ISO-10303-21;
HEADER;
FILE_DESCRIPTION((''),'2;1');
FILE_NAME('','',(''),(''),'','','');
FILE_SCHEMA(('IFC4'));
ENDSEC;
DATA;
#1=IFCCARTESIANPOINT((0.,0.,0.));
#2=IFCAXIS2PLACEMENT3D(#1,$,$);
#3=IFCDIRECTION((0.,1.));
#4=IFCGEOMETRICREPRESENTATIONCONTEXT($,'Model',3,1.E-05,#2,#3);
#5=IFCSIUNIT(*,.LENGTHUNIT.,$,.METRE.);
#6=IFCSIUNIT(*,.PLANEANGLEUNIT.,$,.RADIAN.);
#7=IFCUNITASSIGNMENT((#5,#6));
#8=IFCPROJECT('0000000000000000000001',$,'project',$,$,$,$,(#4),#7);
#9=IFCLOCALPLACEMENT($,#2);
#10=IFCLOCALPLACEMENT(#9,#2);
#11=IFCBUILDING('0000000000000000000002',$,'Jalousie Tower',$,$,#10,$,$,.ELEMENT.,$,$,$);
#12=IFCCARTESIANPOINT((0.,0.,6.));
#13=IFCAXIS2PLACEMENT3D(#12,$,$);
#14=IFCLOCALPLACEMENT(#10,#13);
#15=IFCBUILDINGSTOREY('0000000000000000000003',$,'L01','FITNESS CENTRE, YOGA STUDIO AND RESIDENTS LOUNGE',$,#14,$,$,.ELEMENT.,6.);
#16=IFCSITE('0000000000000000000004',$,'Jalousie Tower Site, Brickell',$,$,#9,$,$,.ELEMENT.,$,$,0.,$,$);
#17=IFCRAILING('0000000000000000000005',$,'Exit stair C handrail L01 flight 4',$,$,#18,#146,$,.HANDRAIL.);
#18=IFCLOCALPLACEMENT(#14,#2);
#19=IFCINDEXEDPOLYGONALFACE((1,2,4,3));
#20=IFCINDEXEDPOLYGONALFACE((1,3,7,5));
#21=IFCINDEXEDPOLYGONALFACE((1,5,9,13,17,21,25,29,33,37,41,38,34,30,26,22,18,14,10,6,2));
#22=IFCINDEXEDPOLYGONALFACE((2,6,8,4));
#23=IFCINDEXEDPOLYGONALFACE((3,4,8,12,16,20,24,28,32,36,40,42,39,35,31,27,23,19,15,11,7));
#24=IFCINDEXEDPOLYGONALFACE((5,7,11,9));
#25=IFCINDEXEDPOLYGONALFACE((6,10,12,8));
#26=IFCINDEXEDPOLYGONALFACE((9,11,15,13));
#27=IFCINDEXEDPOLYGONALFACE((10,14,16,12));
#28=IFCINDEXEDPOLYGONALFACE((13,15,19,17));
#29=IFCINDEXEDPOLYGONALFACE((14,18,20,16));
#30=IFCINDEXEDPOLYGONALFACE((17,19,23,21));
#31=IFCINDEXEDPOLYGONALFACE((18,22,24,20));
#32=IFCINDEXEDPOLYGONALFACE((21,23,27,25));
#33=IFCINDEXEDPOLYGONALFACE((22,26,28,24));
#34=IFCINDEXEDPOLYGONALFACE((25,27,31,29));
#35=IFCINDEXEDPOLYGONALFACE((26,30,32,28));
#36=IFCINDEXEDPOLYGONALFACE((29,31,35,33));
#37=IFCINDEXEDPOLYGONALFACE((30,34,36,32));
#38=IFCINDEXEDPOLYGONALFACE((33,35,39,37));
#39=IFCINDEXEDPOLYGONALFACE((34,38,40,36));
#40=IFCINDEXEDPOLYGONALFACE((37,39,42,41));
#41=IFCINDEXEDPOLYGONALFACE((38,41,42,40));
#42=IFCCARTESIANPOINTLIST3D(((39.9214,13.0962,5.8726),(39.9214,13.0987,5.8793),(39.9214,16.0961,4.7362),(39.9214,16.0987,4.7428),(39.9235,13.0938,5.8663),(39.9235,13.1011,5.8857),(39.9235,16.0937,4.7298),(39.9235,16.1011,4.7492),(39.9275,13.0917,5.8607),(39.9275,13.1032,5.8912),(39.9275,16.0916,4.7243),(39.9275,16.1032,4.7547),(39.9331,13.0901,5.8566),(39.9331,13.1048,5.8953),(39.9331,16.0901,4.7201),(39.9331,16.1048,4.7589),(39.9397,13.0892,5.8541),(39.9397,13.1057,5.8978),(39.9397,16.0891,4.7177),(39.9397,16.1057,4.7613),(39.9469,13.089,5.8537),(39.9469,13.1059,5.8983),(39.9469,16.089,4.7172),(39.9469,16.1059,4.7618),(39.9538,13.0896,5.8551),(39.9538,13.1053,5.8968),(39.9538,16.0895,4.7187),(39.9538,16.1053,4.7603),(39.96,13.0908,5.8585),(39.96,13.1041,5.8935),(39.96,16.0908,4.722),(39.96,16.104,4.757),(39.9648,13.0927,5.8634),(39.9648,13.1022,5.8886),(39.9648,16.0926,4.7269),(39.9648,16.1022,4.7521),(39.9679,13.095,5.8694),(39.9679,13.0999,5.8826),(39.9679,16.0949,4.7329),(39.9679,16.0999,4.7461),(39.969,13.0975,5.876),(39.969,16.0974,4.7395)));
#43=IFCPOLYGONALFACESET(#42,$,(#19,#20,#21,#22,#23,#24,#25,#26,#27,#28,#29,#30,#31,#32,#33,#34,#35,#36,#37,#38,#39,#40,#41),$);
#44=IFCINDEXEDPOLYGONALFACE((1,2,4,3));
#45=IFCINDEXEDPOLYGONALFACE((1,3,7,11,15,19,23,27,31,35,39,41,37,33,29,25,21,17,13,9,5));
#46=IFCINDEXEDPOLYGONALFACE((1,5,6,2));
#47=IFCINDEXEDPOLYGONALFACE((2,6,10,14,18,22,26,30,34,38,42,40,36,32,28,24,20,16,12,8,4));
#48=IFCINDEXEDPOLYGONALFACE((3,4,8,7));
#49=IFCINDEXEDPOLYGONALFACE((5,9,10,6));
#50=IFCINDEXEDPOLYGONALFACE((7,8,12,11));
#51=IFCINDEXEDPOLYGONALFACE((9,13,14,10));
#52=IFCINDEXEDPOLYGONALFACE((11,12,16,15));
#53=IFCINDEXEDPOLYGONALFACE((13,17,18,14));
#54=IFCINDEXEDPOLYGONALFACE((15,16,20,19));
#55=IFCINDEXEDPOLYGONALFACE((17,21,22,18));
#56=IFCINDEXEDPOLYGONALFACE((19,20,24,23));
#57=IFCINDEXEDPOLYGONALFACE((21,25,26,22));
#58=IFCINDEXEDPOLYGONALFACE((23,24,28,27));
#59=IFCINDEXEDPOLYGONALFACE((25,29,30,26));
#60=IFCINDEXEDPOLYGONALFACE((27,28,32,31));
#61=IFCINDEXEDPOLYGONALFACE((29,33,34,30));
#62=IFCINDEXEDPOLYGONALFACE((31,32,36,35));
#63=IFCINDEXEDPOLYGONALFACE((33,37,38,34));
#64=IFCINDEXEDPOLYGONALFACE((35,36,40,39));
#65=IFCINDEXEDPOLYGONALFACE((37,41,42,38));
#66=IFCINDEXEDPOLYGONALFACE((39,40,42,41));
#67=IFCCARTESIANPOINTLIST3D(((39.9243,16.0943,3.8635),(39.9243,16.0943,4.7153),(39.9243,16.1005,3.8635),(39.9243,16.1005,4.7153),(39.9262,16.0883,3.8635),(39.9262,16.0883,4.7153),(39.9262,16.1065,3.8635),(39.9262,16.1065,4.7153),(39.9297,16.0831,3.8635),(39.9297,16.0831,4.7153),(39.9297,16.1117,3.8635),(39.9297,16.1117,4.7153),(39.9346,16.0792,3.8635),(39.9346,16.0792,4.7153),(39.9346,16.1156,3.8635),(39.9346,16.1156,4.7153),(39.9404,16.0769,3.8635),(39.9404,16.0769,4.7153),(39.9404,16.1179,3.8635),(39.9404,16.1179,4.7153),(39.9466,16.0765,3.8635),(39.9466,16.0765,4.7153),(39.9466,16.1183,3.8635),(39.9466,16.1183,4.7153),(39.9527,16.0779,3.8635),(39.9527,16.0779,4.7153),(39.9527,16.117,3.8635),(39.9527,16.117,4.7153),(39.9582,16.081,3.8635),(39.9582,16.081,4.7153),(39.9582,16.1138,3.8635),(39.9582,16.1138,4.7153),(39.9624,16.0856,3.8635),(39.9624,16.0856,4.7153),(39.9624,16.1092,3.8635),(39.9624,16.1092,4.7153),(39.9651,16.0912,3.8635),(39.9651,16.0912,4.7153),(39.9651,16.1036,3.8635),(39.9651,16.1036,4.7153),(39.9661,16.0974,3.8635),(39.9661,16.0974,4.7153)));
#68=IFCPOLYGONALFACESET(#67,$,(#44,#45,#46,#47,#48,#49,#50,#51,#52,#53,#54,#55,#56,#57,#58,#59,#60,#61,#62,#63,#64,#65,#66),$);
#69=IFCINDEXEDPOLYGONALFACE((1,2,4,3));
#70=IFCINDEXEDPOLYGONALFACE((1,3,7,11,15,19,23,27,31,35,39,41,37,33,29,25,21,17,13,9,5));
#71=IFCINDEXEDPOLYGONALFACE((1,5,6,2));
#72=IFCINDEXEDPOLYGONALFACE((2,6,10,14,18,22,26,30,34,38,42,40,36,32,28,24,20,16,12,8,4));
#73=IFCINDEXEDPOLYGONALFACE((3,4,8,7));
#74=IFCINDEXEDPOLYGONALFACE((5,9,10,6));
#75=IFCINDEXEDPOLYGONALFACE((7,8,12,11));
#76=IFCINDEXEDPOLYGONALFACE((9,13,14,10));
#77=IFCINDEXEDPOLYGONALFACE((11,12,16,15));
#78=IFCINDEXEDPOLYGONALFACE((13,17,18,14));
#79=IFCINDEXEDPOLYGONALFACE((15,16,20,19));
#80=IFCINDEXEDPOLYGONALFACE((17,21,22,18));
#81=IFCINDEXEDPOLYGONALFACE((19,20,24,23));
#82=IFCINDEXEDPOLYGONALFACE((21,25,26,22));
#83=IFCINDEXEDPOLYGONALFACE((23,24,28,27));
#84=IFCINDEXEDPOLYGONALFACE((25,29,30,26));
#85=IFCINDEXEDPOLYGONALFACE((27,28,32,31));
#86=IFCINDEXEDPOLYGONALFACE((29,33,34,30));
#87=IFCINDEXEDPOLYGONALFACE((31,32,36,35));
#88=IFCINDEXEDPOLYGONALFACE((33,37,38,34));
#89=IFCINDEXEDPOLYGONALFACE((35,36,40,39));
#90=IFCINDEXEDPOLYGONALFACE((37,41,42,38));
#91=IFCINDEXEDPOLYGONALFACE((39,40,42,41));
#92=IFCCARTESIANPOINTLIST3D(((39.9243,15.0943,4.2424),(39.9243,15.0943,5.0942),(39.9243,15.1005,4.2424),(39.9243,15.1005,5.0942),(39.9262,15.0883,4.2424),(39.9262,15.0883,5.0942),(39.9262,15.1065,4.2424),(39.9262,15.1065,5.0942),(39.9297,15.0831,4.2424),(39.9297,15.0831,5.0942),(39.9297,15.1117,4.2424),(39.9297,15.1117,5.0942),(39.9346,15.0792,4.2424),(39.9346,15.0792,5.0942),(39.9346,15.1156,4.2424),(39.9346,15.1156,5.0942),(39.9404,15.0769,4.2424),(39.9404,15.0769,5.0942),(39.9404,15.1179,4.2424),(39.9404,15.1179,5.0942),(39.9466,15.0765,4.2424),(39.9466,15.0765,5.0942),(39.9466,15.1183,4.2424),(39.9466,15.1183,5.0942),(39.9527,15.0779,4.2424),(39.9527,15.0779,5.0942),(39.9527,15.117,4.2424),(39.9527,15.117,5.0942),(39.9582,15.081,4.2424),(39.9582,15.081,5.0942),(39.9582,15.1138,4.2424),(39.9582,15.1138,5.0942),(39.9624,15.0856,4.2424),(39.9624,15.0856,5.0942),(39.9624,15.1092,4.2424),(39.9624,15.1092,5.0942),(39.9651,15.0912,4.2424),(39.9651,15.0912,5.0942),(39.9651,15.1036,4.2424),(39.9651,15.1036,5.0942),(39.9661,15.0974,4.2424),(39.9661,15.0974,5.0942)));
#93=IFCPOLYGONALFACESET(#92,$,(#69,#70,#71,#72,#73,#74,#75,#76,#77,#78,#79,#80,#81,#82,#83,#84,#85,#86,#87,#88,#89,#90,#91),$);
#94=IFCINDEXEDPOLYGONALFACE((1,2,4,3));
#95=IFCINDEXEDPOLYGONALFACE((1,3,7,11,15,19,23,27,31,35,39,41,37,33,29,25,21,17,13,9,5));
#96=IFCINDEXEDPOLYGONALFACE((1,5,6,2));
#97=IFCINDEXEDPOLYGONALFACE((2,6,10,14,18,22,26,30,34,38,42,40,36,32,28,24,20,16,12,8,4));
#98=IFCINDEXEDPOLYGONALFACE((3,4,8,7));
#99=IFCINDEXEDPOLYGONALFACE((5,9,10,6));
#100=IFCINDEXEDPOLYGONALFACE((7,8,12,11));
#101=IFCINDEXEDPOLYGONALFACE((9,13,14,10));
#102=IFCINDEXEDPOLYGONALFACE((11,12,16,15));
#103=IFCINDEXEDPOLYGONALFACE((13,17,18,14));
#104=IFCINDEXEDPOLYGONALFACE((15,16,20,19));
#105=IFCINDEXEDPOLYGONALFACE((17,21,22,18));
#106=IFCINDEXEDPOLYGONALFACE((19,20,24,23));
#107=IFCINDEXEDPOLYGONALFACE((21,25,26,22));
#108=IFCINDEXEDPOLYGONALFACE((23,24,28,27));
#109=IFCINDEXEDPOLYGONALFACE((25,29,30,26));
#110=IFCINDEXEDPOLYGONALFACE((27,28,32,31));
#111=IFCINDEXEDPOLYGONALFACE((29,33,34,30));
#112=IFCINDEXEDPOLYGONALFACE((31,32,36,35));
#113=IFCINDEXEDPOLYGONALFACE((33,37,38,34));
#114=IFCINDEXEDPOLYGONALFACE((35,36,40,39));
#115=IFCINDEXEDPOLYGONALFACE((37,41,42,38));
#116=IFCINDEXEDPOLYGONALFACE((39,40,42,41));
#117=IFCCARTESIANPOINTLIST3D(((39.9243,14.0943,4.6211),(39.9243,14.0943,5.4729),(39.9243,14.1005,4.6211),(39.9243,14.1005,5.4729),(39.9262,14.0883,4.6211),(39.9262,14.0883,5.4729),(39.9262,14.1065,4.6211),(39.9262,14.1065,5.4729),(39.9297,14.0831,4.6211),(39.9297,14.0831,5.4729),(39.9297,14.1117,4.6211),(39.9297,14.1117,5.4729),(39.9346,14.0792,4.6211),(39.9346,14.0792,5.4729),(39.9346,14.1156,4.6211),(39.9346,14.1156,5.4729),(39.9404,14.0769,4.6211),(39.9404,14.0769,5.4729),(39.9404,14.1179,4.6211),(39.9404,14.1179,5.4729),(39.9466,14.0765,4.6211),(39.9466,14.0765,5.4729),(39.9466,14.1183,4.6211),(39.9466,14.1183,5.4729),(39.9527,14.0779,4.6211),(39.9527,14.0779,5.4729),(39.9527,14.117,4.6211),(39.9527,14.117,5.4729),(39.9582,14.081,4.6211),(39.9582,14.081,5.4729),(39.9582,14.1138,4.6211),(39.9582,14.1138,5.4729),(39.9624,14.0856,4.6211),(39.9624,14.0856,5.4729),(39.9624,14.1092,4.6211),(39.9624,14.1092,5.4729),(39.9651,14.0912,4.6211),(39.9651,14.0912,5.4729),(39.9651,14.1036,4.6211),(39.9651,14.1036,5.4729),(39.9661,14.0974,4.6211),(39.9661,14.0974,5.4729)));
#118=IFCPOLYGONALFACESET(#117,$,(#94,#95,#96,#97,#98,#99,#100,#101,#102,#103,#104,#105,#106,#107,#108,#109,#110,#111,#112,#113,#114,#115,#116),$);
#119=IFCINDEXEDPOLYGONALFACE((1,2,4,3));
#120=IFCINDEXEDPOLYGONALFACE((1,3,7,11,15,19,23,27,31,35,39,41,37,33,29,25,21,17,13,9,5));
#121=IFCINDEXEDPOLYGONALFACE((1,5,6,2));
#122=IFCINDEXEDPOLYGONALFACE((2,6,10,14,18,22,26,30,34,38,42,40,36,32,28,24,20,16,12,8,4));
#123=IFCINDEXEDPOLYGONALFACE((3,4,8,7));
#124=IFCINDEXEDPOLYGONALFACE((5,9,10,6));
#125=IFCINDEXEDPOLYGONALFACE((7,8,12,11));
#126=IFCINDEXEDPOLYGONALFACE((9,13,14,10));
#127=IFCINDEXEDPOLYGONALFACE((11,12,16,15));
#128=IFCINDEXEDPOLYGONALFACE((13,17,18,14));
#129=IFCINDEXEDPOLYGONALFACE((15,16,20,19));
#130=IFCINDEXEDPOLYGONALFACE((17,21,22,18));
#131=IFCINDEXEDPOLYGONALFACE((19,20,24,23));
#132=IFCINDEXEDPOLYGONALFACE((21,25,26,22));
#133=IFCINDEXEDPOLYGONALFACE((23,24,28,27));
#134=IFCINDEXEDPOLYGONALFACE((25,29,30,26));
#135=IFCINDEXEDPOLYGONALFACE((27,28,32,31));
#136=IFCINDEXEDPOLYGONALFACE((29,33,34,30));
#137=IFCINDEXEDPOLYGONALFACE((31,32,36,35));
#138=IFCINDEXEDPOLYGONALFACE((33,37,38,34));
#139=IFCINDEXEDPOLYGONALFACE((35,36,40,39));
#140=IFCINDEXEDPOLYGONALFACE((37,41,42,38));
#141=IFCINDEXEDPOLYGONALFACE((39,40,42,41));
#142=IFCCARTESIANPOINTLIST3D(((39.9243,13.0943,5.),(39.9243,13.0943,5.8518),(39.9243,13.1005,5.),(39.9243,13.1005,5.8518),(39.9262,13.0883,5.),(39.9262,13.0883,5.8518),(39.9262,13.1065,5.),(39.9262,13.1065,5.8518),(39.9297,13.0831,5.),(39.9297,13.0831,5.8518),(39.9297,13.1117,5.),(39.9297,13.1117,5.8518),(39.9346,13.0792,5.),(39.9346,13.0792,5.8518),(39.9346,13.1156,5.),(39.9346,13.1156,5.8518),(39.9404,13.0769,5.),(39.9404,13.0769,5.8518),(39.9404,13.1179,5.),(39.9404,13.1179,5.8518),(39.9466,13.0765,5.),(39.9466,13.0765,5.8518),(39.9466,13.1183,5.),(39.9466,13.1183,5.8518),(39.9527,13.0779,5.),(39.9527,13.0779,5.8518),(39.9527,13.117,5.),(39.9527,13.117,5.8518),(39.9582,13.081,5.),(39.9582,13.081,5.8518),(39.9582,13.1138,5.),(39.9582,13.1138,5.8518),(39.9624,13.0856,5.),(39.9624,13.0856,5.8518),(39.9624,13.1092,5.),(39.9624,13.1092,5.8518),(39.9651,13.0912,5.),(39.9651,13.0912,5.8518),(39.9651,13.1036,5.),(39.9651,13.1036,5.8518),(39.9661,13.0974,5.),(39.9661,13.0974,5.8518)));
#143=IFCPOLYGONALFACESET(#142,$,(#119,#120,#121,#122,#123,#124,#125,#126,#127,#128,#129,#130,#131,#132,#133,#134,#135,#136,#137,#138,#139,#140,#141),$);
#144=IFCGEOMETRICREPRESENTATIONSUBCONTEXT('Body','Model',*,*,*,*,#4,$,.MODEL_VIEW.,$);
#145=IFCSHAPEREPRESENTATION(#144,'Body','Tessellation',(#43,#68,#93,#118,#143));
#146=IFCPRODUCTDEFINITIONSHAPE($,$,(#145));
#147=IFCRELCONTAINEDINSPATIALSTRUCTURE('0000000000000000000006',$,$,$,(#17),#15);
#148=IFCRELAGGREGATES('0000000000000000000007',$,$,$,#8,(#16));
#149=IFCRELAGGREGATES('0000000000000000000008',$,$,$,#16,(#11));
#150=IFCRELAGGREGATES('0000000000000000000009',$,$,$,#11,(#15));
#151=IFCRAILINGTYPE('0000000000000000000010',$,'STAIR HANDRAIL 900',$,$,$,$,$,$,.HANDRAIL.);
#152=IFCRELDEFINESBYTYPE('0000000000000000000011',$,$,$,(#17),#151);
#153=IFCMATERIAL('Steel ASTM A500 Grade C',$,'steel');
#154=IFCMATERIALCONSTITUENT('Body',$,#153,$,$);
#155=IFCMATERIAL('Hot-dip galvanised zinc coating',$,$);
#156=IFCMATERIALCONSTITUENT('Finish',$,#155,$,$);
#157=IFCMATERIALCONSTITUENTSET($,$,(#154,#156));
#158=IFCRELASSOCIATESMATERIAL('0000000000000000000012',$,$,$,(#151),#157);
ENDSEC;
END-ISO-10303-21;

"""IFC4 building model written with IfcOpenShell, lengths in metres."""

from ifc_helpers import new_model, si_unit, direction, frame, origin, origin_2d, place, context, subcontext, project, spatial, circle, extrude, material, constituent, constituent_set, type_object, element, save


model = new_model("IFC4")

# Units and contexts
model_context = context("Model", 3, precision=1e-05, world=origin(), true_north=direction((0.0, 1.0)))
body_context = subcontext(model_context, "Body", "Model", "MODEL_VIEW")
ifc_project = project(units=[si_unit("LENGTHUNIT", "METRE"), si_unit("PLANEANGLEUNIT", "RADIAN")], contexts=[model_context])

# Site, building, storey
site_placement = place(None, origin())
site = spatial("IfcSite", under=ifc_project, at=site_placement, Name="Jalousie Tower Site, Brickell", CompositionType="ELEMENT", RefElevation=0.0)
building_placement = place(site_placement, origin())
building = spatial("IfcBuilding", under=site, at=building_placement, Name="Jalousie Tower", CompositionType="ELEMENT")
storey_placement = place(building_placement, frame((0.0, 0.0, 6.0)))
storey = spatial("IfcBuildingStorey", under=building, at=storey_placement, Name="L01", Description="FITNESS CENTRE, YOGA STUDIO AND RESIDENTS LOUNGE", CompositionType="ELEMENT", Elevation=6.0)

# Railing
ifc_material_1 = material(Name="Steel ASTM A500 Grade C", Category="steel")
ifc_constituent_1 = constituent(ifc_material_1, Name="Body")
ifc_material_2 = material(Name="Hot-dip galvanised zinc coating")
ifc_constituent_2 = constituent(ifc_material_2, Name="Finish")
ifc_constituent_set_1 = constituent_set(constituents=[ifc_constituent_1, ifc_constituent_2])
railing_type_1 = type_object("IfcRailingType", Name="STAIR HANDRAIL 900", PredefinedType="HANDRAIL", material=ifc_constituent_set_1)
for number, where, name in (
    (1, (39.9451, 16.0974, 3.8635), "Exit stair C handrail L01 flight 4"),
):
    element("IfcRailing", number, at=place(storey_placement, frame(where)), inside=storey, type_object=railing_type_1, Name=name, PredefinedType="HANDRAIL", context=body_context, shape_type="SweptSolid", body=[
        extrude(circle(Radius=0.0239, at=origin_2d()), frame((0.0, 0.0, 0.876), z_axis=(0.0, -0.935148, 0.354257), x_axis=(1.0, 0.0, 0.0)), (0.0, 0.0, 1.0), 3.208),
        extrude(circle(Radius=0.021, at=origin_2d()), origin(), (0.0, 0.0, 1.0), 0.8518),
        extrude(circle(Radius=0.021, at=origin_2d()), frame((0.0, -1.0, 0.3789)), (0.0, 0.0, 1.0), 0.8518),
        extrude(circle(Radius=0.021, at=origin_2d()), frame((0.0, -2.0, 0.7576)), (0.0, 0.0, 1.0), 0.8518),
        extrude(circle(Radius=0.021, at=origin_2d()), frame((0.0, -3.0, 1.1365)), (0.0, 0.0, 1.0), 0.8518),
    ])

save(model, "model.ifc")
